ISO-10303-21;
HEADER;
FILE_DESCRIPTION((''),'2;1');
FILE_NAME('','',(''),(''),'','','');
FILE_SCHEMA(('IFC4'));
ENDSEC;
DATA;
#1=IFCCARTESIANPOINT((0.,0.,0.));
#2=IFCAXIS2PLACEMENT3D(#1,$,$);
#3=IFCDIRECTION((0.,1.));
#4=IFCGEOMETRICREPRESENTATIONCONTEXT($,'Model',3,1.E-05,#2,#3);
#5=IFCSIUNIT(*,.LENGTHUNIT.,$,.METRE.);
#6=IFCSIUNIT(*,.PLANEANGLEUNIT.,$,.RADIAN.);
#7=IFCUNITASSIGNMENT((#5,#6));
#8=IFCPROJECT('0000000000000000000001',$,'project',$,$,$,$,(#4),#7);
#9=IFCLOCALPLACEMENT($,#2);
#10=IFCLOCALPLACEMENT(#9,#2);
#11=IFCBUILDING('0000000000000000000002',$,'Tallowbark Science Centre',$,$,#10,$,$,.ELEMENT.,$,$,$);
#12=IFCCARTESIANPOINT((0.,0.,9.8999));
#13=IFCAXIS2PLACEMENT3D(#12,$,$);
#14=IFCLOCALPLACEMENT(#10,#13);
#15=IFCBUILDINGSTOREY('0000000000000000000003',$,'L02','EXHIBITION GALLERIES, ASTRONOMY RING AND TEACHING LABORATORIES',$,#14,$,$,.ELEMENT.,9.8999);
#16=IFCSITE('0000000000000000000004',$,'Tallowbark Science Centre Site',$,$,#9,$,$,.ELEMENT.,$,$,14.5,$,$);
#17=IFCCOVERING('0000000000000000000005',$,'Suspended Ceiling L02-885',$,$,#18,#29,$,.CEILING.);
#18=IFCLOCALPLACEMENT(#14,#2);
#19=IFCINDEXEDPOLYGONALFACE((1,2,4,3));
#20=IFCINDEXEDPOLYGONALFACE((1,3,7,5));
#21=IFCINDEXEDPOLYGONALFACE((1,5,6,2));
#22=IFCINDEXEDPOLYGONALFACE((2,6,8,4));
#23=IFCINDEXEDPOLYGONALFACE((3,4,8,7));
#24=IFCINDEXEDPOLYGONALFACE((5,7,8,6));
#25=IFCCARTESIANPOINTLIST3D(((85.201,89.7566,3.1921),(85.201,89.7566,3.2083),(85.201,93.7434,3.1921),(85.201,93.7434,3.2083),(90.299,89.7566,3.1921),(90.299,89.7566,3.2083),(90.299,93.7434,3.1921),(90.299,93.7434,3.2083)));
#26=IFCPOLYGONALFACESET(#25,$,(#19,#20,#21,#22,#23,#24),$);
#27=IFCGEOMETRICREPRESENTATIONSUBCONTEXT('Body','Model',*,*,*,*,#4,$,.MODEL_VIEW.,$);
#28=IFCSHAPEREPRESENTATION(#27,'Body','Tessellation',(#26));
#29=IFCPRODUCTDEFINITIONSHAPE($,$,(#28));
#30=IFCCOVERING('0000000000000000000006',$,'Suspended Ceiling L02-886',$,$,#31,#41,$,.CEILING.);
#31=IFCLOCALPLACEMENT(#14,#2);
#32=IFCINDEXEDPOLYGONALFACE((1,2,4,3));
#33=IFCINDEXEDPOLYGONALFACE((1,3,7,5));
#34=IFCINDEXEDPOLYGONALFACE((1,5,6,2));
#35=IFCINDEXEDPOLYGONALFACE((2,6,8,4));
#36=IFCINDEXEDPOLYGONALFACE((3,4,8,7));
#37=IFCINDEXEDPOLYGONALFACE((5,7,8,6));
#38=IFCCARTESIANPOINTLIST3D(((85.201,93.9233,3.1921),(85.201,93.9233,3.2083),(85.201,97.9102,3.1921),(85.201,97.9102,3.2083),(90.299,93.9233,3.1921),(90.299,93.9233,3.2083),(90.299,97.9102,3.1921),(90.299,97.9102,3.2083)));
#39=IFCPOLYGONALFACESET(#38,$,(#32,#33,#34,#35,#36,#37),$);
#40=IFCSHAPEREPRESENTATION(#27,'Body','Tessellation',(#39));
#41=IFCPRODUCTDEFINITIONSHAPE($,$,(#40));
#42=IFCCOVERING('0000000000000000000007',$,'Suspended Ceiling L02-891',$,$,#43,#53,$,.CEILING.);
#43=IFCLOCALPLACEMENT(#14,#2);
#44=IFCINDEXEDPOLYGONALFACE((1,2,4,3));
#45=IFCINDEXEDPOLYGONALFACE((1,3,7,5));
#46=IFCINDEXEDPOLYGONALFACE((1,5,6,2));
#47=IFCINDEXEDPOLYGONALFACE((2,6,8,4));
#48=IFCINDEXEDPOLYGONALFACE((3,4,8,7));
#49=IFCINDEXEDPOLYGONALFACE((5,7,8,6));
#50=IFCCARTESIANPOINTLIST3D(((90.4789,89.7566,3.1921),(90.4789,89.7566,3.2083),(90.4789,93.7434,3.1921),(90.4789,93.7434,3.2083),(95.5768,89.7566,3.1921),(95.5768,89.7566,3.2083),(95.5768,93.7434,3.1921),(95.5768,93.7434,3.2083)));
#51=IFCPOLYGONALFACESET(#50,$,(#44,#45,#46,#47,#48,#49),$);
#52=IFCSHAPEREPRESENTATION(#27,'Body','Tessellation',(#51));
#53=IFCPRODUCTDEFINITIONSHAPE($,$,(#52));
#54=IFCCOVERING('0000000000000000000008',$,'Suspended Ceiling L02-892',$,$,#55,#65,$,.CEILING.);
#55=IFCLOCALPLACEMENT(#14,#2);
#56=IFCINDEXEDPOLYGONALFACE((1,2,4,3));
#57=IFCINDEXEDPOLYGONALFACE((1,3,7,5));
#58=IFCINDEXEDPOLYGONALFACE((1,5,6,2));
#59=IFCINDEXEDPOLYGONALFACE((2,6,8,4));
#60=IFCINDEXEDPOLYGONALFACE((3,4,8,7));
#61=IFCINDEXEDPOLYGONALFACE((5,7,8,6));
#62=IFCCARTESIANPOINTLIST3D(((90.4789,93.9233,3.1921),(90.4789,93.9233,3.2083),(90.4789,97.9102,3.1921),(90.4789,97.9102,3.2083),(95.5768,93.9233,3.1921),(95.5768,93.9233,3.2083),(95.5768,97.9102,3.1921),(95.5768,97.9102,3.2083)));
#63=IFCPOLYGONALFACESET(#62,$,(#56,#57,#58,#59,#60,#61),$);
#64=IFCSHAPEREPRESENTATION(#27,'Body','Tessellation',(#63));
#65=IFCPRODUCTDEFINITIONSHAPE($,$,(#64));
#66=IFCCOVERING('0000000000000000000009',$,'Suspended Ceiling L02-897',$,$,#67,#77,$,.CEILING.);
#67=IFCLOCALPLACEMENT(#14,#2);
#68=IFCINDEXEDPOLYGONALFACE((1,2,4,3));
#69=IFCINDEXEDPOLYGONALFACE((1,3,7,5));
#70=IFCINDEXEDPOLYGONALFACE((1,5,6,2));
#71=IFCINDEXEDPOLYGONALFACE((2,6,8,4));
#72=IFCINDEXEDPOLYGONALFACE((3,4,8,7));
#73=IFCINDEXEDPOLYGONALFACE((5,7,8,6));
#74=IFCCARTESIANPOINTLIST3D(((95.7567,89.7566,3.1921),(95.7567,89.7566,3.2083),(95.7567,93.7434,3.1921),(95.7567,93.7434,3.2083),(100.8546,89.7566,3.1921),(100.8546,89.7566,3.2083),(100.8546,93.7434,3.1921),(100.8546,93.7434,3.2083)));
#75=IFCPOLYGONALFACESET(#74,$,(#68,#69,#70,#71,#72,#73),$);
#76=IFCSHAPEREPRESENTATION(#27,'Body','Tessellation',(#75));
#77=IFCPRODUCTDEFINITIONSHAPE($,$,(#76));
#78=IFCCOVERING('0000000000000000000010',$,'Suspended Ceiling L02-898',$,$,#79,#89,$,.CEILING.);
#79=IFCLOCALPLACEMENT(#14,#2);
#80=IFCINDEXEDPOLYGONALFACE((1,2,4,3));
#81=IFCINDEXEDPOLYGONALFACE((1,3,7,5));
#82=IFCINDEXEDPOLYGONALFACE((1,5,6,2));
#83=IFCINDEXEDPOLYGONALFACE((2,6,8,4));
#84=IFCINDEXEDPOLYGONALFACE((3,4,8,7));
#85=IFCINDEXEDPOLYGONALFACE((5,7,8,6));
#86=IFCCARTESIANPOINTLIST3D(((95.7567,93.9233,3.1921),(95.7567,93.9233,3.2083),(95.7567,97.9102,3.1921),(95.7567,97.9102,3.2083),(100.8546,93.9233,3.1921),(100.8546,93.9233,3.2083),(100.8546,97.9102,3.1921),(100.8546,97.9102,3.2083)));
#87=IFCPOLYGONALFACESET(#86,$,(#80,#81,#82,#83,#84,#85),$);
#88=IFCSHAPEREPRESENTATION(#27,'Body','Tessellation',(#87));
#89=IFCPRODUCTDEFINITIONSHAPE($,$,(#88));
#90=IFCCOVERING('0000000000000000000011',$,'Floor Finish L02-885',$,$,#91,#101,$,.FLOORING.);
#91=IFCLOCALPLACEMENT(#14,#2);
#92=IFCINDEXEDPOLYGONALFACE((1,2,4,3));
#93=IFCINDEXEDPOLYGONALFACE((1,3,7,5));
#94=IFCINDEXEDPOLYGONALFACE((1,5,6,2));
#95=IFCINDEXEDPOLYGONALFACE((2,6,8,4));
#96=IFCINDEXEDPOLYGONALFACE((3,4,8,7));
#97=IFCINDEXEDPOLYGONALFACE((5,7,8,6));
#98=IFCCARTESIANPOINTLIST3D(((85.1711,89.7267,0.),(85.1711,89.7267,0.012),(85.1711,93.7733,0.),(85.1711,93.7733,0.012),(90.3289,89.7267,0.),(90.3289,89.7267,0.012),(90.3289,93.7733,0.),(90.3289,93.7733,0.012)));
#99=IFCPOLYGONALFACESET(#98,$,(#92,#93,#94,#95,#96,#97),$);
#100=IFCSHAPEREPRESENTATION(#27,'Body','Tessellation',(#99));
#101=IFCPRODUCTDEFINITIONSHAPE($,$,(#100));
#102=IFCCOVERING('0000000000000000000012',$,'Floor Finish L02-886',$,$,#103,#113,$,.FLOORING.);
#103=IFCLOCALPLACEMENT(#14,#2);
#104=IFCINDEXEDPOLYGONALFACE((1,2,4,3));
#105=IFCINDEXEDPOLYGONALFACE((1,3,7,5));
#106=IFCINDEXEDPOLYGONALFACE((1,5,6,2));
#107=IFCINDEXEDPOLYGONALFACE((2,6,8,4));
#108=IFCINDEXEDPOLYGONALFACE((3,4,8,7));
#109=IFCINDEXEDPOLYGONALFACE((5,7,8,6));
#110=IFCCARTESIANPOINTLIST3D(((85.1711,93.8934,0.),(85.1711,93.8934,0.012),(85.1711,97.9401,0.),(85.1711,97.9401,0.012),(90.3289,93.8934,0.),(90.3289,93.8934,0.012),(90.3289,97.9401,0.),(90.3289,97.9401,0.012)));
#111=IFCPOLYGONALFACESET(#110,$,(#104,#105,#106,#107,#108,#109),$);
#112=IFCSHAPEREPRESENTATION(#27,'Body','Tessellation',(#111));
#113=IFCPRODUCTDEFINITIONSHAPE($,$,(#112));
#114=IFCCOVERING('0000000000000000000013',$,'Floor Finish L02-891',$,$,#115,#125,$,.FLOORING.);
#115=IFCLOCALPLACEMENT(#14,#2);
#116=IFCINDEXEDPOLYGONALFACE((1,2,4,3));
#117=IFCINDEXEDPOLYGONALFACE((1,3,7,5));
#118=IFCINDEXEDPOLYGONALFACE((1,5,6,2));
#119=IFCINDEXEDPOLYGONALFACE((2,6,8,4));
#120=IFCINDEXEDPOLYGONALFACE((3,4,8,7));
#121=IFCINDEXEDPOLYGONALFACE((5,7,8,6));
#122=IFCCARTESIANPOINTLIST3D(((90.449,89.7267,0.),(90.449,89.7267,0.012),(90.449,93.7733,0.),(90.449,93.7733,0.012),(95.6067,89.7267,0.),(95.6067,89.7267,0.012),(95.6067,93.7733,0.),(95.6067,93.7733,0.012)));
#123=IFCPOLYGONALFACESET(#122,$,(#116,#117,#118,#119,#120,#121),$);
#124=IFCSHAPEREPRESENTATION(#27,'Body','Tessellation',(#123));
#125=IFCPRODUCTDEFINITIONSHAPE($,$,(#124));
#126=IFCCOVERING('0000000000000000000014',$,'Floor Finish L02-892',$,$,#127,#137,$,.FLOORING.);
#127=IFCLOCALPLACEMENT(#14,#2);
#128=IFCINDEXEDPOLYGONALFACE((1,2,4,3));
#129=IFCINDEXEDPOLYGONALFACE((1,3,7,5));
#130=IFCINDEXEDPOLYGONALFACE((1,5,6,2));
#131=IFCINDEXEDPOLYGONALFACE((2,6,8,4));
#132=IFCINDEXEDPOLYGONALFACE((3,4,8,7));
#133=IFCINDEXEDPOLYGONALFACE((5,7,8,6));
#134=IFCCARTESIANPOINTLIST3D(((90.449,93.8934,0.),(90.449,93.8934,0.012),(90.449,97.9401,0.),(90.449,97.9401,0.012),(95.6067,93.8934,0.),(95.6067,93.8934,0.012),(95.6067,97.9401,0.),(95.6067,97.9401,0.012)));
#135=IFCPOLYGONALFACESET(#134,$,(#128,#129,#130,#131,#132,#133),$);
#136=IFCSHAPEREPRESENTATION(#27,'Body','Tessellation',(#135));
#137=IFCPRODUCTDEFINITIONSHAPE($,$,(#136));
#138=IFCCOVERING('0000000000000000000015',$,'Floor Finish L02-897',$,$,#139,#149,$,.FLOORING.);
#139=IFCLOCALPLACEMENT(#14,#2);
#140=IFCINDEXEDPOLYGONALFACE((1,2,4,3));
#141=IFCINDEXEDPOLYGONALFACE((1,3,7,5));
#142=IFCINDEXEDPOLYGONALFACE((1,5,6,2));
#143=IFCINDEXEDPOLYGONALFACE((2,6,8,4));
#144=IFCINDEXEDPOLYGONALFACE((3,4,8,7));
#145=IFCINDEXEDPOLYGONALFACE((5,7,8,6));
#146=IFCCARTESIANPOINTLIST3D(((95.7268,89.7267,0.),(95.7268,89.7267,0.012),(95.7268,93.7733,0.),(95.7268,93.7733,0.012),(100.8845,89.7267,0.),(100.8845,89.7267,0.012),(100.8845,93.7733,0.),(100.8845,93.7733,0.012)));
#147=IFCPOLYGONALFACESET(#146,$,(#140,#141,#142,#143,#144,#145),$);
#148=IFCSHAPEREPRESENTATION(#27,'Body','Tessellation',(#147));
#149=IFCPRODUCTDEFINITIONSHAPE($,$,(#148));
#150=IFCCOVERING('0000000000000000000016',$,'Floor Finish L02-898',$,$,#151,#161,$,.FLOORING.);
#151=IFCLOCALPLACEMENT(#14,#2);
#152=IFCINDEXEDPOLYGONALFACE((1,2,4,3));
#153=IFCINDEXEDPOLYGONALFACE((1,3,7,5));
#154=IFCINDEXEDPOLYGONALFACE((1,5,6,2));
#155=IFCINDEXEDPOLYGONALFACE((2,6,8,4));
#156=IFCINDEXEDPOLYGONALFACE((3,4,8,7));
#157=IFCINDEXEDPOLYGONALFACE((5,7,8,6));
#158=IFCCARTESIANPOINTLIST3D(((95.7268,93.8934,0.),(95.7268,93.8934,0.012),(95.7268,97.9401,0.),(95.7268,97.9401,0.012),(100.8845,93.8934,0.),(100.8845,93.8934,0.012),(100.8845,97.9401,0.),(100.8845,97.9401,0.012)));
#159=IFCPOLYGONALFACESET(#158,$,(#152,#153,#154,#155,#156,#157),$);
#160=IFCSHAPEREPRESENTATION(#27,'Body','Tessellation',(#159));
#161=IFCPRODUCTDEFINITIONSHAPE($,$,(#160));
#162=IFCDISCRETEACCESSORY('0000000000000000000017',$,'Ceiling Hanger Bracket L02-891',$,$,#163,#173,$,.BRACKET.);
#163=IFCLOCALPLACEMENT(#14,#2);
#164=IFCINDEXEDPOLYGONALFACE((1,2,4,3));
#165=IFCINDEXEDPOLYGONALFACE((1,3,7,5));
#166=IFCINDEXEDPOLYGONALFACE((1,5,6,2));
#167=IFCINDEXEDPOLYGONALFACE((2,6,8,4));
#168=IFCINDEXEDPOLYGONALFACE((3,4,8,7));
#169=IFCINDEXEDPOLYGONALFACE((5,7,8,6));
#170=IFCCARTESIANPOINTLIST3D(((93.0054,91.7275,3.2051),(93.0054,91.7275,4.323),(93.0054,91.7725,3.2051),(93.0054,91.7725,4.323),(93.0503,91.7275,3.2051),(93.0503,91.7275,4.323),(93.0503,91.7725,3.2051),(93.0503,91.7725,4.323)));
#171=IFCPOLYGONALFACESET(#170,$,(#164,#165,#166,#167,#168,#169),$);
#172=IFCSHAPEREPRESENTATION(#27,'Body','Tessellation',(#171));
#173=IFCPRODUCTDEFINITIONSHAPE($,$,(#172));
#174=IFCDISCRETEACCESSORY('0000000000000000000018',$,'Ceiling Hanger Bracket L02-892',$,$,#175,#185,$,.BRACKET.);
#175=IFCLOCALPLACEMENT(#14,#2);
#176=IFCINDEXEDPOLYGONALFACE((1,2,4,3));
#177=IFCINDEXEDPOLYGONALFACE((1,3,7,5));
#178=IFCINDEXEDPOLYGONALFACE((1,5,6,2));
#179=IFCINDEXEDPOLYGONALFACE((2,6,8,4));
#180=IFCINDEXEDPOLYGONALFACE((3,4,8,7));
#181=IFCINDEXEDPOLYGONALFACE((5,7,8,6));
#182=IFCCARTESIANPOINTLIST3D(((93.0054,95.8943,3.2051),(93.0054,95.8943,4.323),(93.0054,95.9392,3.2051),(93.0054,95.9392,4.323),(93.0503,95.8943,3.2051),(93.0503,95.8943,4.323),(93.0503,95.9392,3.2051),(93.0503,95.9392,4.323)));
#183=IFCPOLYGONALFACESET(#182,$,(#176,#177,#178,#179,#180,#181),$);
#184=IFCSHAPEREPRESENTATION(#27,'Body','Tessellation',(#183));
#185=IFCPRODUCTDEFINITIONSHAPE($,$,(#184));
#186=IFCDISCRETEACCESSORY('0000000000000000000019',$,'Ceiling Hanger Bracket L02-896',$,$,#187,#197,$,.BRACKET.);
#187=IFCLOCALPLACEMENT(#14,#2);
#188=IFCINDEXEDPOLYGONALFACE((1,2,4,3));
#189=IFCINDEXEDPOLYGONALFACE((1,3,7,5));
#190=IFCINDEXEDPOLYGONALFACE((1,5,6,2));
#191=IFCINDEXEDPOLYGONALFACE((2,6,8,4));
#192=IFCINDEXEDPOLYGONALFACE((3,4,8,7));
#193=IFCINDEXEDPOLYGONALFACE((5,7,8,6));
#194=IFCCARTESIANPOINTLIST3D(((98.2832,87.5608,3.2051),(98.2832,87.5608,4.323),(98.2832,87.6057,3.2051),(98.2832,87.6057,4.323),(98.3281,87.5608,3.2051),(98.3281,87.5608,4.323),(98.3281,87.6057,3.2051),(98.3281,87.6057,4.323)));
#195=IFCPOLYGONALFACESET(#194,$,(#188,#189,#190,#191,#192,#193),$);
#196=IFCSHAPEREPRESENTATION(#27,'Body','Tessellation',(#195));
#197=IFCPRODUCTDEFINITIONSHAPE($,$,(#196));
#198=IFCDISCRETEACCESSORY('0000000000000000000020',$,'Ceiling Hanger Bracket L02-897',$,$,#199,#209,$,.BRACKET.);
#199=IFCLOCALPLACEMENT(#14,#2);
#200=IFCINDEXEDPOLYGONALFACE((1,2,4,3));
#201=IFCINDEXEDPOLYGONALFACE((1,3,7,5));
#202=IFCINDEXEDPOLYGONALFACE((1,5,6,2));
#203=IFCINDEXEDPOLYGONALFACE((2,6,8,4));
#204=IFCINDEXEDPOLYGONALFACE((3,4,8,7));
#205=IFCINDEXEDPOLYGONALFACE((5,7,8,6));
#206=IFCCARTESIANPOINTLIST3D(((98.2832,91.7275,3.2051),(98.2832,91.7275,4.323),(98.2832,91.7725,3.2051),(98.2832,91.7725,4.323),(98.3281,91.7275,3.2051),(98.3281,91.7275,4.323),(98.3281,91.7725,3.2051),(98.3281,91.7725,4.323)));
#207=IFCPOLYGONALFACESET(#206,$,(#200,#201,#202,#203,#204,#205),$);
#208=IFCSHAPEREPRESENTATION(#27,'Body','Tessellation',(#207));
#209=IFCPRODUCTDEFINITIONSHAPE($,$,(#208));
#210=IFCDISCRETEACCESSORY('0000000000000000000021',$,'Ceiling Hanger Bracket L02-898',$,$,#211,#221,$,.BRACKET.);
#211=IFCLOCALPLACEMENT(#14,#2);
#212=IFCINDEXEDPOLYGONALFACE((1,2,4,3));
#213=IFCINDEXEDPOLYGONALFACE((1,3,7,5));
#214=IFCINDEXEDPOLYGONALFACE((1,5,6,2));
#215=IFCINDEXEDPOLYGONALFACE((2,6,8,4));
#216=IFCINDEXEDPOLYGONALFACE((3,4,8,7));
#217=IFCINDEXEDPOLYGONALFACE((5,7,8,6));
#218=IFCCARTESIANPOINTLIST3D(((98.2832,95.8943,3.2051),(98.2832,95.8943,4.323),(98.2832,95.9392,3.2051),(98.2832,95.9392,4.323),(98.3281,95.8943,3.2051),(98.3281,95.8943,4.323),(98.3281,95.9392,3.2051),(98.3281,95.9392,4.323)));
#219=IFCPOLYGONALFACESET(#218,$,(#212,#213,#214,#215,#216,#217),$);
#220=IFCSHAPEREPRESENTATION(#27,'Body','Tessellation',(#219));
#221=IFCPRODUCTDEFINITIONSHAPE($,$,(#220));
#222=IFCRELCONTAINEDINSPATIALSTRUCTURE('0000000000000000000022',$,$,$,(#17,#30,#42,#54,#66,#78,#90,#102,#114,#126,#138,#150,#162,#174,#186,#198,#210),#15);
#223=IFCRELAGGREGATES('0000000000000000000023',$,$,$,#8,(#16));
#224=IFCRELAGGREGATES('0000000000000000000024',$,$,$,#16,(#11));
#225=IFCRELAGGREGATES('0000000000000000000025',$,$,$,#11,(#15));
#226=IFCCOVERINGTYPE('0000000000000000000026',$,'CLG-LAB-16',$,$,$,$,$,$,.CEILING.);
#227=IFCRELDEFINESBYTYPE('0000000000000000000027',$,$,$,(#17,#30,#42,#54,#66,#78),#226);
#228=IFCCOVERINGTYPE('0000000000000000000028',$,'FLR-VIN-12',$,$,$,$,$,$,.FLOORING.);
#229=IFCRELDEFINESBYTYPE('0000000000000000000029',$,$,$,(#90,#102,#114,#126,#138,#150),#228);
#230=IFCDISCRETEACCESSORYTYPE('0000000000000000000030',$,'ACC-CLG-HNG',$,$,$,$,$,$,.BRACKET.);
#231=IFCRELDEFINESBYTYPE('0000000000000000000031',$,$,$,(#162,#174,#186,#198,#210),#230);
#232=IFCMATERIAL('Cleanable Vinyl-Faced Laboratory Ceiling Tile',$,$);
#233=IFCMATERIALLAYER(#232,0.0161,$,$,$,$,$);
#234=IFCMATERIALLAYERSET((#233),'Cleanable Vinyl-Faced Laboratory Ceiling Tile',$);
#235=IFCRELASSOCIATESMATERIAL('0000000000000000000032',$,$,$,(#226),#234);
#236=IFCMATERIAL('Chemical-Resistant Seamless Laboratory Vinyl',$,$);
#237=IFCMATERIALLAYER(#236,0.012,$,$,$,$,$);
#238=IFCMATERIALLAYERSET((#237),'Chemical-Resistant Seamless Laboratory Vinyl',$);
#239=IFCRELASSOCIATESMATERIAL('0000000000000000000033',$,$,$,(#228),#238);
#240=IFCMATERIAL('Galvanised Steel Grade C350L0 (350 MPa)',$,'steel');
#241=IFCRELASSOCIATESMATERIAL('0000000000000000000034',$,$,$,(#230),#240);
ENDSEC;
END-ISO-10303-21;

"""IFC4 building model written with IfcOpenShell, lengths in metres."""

from ifc_helpers import new_model, si_unit, direction, frame, origin, origin_2d, place, context, subcontext, project, spatial, rectangle, extrude, material, layer, layer_set, type_object, element, save


model = new_model("IFC4")

# Units and contexts
model_context = context("Model", 3, precision=1e-05, world=origin(), true_north=direction((0.0, 1.0)))
body_context = subcontext(model_context, "Body", "Model", "MODEL_VIEW")
ifc_project = project(units=[si_unit("LENGTHUNIT", "METRE"), si_unit("PLANEANGLEUNIT", "RADIAN")], contexts=[model_context])

# Site, building, storey
site_placement = place(None, origin())
site = spatial("IfcSite", under=ifc_project, at=site_placement, Name="Tallowbark Science Centre Site", CompositionType="ELEMENT", RefElevation=14.5)
building_placement = place(site_placement, origin())
building = spatial("IfcBuilding", under=site, at=building_placement, Name="Tallowbark Science Centre", CompositionType="ELEMENT")
storey_placement = place(building_placement, frame((0.0, 0.0, 9.8999)))
storey = spatial("IfcBuildingStorey", under=building, at=storey_placement, Name="L02", Description="EXHIBITION GALLERIES, ASTRONOMY RING AND TEACHING LABORATORIES", CompositionType="ELEMENT", Elevation=9.8999)

# Coverings
ifc_material_1 = material(Name="Cleanable Vinyl-Faced Laboratory Ceiling Tile")
ifc_layer_1 = layer(ifc_material_1, 0.0161)
ifc_layer_set_1 = layer_set([ifc_layer_1], Name="Cleanable Vinyl-Faced Laboratory Ceiling Tile")
covering_type_1 = type_object("IfcCoveringType", Name="CLG-LAB-16", PredefinedType="CEILING", material=ifc_layer_set_1)
for number, where, z_axis, x_axis, name in (
    (1, (87.75, 91.75, 3.1921), (0.0, 0.0, 1.0), (1.0, 0.0, 0.0), "Suspended Ceiling L02-885"),
    (2, (87.75, 95.9167, 3.1921), (0.0, 0.0, 1.0), (1.0, 0.0, 0.0), "Suspended Ceiling L02-886"),
    (3, (93.0278, 91.75, 3.1921), (0.0, 0.0, 1.0), (1.0, 0.0, 0.0), "Suspended Ceiling L02-891"),
    (4, (93.0278, 95.9167, 3.1921), (0.0, 0.0, 1.0), (1.0, 0.0, 0.0), "Suspended Ceiling L02-892"),
    (5, (98.3057, 91.75, 3.1921), (0.0, 0.0, 1.0), (1.0, 0.0, 0.0), "Suspended Ceiling L02-897"),
    (6, (98.3057, 95.9167, 3.1921), (0.0, 0.0, 1.0), (1.0, 0.0, 0.0), "Suspended Ceiling L02-898"),
):
    element("IfcCovering", number, at=place(storey_placement, frame(where, z_axis=z_axis, x_axis=x_axis)), inside=storey, type_object=covering_type_1, Name=name, PredefinedType="CEILING", context=body_context, shape_type="SweptSolid", body=[
        extrude(rectangle(XDim=5.0979, YDim=3.9868, at=origin_2d()), origin(), (0.0, 0.0, 1.0), 0.0161),
    ])
ifc_material_2 = material(Name="Chemical-Resistant Seamless Laboratory Vinyl")
ifc_layer_2 = layer(ifc_material_2, 0.012)
ifc_layer_set_2 = layer_set([ifc_layer_2], Name="Chemical-Resistant Seamless Laboratory Vinyl")
covering_type_2 = type_object("IfcCoveringType", Name="FLR-VIN-12", PredefinedType="FLOORING", material=ifc_layer_set_2)
for number, where, z_axis, x_axis, name in (
    (7, (87.75, 91.75, 0.0), (0.0, 0.0, 1.0), (1.0, 0.0, 0.0), "Floor Finish L02-885"),
    (8, (87.75, 95.9167, 0.0), (0.0, 0.0, 1.0), (1.0, 0.0, 0.0), "Floor Finish L02-886"),
    (9, (93.0278, 91.75, 0.0), (0.0, 0.0, 1.0), (1.0, 0.0, 0.0), "Floor Finish L02-891"),
    (10, (93.0278, 95.9167, 0.0), (0.0, 0.0, 1.0), (1.0, 0.0, 0.0), "Floor Finish L02-892"),
    (11, (98.3057, 91.75, 0.0), (0.0, 0.0, 1.0), (1.0, 0.0, 0.0), "Floor Finish L02-897"),
    (12, (98.3057, 95.9167, 0.0), (0.0, 0.0, 1.0), (1.0, 0.0, 0.0), "Floor Finish L02-898"),
):
    element("IfcCovering", number, at=place(storey_placement, frame(where, z_axis=z_axis, x_axis=x_axis)), inside=storey, type_object=covering_type_2, Name=name, PredefinedType="FLOORING", context=body_context, shape_type="SweptSolid", body=[
        extrude(rectangle(XDim=5.1577, YDim=4.0466, at=origin_2d()), origin(), (0.0, 0.0, 1.0), 0.012),
    ])

# Discrete accessories
ifc_material_3 = material(Name="Galvanised Steel Grade C350L0 (350 MPa)", Category="steel")
discrete_accessory_type = type_object("IfcDiscreteAccessoryType", Name="ACC-CLG-HNG", PredefinedType="BRACKET", material=ifc_material_3)
for number, where, z_axis, x_axis, name in (
    (13, (93.0278, 91.75, 3.2051), (0.0, 0.0, 1.0), (1.0, 0.0, 0.0), "Ceiling Hanger Bracket L02-891"),
    (14, (93.0278, 95.9167, 3.2051), (0.0, 0.0, 1.0), (1.0, 0.0, 0.0), "Ceiling Hanger Bracket L02-892"),
    (15, (98.3057, 87.5833, 3.2051), (0.0, 0.0, 1.0), (1.0, 0.0, 0.0), "Ceiling Hanger Bracket L02-896"),
    (16, (98.3057, 91.75, 3.2051), (0.0, 0.0, 1.0), (1.0, 0.0, 0.0), "Ceiling Hanger Bracket L02-897"),
    (17, (98.3057, 95.9167, 3.2051), (0.0, 0.0, 1.0), (1.0, 0.0, 0.0), "Ceiling Hanger Bracket L02-898"),
):
    element("IfcDiscreteAccessory", number, at=place(storey_placement, frame(where, z_axis=z_axis, x_axis=x_axis)), inside=storey, type_object=discrete_accessory_type, Name=name, PredefinedType="BRACKET", context=body_context, shape_type="SweptSolid", body=[
        extrude(rectangle(XDim=0.0449, YDim=0.0449, at=origin_2d()), origin(), (0.0, 0.0, 1.0), 1.1179),
    ])

save(model, "model.ifc")
